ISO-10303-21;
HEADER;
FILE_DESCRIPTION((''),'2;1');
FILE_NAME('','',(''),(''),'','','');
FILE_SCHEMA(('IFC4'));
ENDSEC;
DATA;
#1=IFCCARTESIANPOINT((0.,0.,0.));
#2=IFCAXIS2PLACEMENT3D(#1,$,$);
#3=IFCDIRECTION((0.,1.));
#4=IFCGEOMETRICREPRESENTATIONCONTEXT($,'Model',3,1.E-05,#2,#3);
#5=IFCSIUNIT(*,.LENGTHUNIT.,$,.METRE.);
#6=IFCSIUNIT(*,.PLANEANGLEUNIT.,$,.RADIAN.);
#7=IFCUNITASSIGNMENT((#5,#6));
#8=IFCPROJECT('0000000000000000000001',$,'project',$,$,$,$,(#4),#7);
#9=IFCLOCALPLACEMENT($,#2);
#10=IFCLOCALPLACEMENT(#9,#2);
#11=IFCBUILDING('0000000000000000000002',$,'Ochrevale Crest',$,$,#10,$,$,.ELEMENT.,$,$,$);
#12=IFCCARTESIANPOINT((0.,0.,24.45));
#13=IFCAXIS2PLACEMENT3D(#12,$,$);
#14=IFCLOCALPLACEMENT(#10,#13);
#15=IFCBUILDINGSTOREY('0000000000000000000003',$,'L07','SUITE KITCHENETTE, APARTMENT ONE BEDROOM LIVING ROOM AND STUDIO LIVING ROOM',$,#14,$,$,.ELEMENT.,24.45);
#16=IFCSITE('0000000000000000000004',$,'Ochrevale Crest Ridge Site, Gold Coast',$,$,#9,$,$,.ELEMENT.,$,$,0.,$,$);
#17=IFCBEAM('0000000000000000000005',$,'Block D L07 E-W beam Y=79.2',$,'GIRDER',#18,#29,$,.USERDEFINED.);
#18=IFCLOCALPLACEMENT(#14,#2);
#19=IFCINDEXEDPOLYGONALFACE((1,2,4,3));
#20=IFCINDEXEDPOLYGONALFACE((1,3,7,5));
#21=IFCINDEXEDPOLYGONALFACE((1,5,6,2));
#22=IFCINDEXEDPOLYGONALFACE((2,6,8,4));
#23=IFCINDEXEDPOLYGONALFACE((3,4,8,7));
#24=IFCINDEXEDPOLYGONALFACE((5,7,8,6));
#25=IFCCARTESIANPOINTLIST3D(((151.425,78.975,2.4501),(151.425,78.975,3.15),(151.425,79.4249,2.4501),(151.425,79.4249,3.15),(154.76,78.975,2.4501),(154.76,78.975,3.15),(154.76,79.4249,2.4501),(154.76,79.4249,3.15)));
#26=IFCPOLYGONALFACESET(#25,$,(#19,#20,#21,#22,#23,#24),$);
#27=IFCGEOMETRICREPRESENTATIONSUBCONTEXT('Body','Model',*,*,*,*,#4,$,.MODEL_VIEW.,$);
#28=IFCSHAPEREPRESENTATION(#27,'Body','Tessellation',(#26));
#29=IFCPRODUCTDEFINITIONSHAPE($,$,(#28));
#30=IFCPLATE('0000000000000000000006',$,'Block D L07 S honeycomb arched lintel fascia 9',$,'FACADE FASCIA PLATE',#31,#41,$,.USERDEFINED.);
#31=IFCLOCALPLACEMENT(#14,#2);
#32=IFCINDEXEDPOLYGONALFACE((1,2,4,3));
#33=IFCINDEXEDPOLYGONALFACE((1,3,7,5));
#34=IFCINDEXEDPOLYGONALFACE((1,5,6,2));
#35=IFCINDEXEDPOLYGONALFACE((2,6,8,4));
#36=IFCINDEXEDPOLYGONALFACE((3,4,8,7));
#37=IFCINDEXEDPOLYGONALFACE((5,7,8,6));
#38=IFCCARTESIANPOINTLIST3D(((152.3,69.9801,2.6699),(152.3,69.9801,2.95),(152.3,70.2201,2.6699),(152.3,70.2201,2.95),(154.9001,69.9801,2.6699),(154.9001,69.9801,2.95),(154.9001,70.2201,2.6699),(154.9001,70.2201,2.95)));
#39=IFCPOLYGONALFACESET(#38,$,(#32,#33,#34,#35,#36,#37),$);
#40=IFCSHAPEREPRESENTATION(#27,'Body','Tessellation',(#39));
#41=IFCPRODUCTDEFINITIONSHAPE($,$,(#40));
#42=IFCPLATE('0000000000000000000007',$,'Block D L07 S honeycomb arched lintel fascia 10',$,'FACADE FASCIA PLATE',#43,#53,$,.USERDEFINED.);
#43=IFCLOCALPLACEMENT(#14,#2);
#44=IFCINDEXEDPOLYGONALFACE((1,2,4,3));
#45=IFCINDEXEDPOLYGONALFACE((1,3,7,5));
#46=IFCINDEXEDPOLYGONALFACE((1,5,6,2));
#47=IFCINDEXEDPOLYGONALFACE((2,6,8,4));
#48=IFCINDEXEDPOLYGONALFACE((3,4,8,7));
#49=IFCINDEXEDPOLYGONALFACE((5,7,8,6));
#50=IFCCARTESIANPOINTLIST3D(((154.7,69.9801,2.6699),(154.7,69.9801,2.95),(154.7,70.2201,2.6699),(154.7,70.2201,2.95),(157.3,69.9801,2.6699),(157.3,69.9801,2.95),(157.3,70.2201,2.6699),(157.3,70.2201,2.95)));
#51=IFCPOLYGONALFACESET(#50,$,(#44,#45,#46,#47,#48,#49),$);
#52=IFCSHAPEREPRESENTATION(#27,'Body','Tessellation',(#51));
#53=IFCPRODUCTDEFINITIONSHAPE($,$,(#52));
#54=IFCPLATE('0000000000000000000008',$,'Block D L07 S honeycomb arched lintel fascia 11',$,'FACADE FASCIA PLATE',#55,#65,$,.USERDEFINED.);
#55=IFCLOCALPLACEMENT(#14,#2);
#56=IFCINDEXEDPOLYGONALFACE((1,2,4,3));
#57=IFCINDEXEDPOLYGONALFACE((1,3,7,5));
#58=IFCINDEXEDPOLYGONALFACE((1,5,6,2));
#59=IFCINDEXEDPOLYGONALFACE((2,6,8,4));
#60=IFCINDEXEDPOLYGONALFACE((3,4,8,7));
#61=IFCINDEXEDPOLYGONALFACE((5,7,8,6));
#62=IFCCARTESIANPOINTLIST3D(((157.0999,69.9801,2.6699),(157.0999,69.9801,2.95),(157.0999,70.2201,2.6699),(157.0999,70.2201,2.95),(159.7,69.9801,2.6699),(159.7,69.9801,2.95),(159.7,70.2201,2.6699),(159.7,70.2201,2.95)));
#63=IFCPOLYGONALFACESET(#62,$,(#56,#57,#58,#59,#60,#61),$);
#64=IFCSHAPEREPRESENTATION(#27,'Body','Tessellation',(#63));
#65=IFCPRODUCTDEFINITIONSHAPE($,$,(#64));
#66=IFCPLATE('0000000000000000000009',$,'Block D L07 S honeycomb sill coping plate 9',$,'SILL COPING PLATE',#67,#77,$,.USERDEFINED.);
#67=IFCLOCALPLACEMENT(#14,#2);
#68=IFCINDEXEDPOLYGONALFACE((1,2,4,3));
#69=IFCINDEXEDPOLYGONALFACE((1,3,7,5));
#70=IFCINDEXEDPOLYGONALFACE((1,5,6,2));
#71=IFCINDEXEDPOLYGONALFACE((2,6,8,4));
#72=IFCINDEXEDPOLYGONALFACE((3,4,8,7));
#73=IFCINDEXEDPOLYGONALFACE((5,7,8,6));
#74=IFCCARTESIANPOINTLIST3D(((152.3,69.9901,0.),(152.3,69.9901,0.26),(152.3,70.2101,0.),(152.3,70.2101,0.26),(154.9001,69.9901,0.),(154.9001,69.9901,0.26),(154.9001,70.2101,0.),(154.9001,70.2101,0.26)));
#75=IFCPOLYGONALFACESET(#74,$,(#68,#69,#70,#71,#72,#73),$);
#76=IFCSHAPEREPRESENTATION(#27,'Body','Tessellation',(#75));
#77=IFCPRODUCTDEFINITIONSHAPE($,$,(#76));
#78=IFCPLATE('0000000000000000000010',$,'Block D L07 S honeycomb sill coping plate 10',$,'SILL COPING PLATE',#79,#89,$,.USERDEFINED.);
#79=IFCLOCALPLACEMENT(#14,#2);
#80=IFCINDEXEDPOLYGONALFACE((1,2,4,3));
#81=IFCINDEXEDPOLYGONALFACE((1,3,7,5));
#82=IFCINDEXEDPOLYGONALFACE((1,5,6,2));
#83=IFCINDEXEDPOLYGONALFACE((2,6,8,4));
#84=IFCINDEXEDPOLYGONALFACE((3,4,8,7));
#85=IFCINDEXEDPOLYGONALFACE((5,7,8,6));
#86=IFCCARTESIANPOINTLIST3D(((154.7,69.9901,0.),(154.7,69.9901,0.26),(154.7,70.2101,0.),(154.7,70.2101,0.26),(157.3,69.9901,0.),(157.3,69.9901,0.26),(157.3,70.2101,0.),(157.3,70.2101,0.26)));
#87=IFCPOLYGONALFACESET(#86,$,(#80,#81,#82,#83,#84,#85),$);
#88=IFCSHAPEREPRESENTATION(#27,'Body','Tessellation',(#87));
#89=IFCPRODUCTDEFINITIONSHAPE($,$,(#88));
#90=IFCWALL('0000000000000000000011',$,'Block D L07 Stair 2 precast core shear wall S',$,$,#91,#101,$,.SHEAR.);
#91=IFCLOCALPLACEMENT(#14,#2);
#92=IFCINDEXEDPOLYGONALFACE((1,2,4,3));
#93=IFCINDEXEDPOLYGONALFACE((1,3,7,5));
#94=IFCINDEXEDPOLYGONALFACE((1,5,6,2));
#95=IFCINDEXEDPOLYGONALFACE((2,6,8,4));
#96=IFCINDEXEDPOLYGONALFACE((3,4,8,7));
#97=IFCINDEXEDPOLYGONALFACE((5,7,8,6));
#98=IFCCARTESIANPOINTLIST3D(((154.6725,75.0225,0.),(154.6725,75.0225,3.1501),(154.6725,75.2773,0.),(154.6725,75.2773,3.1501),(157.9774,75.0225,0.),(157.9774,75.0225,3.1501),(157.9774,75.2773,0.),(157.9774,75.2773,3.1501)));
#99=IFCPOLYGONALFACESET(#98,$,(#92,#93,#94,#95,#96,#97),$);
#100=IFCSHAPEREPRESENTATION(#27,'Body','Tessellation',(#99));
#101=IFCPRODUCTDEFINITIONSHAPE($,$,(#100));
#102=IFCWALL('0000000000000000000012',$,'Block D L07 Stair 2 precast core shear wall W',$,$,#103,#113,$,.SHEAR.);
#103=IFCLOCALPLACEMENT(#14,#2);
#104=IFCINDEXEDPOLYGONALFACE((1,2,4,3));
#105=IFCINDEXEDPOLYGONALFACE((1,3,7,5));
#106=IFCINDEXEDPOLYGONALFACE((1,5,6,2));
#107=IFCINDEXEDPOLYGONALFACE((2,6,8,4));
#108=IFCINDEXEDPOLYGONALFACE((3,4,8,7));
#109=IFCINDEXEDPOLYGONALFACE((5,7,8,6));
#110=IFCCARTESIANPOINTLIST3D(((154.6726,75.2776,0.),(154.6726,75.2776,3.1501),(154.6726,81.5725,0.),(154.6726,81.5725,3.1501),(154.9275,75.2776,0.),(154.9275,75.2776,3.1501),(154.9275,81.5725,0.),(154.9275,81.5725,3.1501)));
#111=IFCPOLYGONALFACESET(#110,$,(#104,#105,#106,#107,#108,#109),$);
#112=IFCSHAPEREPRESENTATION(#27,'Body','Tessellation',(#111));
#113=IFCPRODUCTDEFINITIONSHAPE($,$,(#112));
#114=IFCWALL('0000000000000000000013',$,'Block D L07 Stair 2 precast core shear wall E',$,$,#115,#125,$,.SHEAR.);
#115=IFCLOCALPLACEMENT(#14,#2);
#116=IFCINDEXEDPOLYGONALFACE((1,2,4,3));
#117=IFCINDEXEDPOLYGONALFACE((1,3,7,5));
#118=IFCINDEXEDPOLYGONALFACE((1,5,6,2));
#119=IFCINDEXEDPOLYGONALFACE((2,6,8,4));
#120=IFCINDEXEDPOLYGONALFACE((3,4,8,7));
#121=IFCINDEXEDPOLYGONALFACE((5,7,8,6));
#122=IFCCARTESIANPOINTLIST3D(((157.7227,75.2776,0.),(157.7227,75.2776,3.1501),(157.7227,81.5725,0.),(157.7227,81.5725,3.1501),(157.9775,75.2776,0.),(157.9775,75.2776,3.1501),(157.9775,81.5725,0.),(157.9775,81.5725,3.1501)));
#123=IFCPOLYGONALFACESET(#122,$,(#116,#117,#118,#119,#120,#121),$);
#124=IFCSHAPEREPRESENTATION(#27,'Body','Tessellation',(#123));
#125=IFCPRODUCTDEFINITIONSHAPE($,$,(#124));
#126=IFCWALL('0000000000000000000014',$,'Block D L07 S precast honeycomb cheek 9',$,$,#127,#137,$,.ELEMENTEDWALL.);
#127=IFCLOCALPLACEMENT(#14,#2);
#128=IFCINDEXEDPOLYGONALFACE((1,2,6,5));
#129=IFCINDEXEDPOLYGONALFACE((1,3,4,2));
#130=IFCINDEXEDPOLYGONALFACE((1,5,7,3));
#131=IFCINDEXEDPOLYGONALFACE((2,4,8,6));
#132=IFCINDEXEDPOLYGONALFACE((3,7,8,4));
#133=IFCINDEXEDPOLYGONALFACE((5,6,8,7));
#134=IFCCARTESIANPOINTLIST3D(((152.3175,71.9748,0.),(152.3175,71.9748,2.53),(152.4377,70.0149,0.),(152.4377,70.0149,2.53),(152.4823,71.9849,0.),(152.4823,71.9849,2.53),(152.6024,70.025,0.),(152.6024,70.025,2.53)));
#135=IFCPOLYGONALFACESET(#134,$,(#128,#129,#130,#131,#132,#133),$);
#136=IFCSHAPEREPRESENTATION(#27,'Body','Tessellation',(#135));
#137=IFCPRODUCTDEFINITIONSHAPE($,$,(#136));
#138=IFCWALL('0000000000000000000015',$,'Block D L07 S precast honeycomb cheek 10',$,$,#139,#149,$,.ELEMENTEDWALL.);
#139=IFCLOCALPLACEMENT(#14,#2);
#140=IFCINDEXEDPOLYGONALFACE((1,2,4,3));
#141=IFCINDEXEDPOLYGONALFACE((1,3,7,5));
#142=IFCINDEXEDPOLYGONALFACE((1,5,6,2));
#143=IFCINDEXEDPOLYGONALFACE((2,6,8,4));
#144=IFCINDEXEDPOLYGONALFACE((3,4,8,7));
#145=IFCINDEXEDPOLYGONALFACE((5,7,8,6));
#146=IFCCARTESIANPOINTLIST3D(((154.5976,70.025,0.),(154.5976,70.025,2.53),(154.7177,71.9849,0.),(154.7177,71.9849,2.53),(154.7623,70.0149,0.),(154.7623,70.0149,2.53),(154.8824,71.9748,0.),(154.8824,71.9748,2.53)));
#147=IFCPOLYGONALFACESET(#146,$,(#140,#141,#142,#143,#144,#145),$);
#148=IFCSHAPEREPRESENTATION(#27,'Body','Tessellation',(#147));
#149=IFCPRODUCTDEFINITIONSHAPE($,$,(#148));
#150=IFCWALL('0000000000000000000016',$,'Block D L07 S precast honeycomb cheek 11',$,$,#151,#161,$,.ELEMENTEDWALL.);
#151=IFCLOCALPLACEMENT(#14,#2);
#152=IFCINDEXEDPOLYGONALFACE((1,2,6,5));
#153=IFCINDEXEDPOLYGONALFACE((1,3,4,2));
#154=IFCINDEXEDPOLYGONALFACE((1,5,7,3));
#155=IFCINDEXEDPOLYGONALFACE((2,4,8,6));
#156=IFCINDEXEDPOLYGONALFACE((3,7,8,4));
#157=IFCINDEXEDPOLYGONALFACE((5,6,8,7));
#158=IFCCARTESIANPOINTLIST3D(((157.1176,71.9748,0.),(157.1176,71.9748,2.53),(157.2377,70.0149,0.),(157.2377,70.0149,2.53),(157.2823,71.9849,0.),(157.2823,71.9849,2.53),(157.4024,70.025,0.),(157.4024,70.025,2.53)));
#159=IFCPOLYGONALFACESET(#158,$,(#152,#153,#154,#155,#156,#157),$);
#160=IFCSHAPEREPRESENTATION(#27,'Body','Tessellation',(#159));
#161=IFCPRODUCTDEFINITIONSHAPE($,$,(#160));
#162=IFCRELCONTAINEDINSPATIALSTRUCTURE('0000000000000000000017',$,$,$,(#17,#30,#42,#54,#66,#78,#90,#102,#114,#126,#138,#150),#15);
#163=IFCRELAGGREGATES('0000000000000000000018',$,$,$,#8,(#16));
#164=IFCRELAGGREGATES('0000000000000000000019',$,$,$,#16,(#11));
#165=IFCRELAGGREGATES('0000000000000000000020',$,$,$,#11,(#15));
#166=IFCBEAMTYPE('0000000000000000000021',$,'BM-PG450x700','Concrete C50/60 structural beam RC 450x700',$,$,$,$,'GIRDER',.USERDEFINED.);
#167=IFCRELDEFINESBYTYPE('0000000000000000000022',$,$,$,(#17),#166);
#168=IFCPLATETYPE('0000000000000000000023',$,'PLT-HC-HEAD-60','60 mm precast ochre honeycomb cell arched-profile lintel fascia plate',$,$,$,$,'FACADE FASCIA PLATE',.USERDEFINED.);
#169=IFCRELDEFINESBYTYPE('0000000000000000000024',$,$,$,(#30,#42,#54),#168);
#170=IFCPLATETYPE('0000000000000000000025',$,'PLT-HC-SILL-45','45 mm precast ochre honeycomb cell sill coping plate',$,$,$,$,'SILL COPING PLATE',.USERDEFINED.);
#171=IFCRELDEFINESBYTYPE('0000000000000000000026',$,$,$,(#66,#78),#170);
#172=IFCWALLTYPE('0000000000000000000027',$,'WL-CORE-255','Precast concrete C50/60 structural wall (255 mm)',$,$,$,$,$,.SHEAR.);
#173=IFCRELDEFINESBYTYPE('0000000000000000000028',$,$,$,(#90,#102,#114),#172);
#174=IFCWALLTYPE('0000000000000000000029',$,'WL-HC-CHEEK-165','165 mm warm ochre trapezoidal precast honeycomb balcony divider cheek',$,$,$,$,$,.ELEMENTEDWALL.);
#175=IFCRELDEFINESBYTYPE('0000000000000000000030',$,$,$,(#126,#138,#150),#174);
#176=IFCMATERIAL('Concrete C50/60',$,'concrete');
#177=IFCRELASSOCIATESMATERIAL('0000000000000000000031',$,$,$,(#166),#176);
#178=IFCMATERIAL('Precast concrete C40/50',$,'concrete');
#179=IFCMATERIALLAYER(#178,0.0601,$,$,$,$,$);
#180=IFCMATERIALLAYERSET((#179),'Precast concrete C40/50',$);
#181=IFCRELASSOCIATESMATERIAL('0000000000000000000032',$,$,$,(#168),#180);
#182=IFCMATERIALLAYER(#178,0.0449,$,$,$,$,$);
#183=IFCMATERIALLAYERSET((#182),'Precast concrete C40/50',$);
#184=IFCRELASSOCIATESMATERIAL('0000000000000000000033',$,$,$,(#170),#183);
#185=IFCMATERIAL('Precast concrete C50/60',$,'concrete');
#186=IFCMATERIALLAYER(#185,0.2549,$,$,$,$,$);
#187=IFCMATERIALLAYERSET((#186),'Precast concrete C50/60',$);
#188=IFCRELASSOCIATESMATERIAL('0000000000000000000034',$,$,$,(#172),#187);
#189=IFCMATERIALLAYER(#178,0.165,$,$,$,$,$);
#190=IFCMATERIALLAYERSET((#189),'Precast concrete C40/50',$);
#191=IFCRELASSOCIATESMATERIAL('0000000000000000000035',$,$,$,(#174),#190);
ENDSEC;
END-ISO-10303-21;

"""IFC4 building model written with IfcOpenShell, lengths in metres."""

from ifc_helpers import new_model, si_unit, direction, frame, frame_2d, origin, origin_2d, place, context, subcontext, project, spatial, rectangle, extrude, material, layer, layer_set, material_profile, profile_set, type_object, element, save


model = new_model("IFC4")

# Units and contexts
model_context = context("Model", 3, precision=1e-05, world=origin(), true_north=direction((0.0, 1.0)))
body_context = subcontext(model_context, "Body", "Model", "MODEL_VIEW")
ifc_project = project(units=[si_unit("LENGTHUNIT", "METRE"), si_unit("PLANEANGLEUNIT", "RADIAN")], contexts=[model_context])

# Site, building, storey
site_placement = place(None, origin())
site = spatial("IfcSite", under=ifc_project, at=site_placement, Name="Ochrevale Crest Ridge Site, Gold Coast", CompositionType="ELEMENT", RefElevation=0.0)
building_placement = place(site_placement, origin())
building = spatial("IfcBuilding", under=site, at=building_placement, Name="Ochrevale Crest", CompositionType="ELEMENT")
storey_placement = place(building_placement, frame((0.0, 0.0, 24.45)))
storey = spatial("IfcBuildingStorey", under=building, at=storey_placement, Name="L07", Description="SUITE KITCHENETTE, APARTMENT ONE BEDROOM LIVING ROOM AND STUDIO LIVING ROOM", CompositionType="ELEMENT", Elevation=24.45)

# Beam
ifc_material_1 = material(Name="Concrete C50/60", Category="concrete")
ifc_material_profile = material_profile(ifc_material_1, rectangle(XDim=0.45, YDim=0.7, at=origin_2d()), Name="RC 450x700")
ifc_profile_set = profile_set([ifc_material_profile], Name="Concrete C50/60")
beam_type = type_object("IfcBeamType", Name="BM-PG450x700", Description="Concrete C50/60 structural beam RC 450x700", ElementType="GIRDER", PredefinedType="USERDEFINED", material=ifc_profile_set)
beam_placement = place(storey_placement, frame((151.425, 79.2, 2.8), z_axis=(1.0, 0.0, 0.0), x_axis=(0.0, 1.0, 0.0)))
element("IfcBeam", 1, at=beam_placement, inside=storey, type_object=beam_type, Name="Block D L07 E-W beam Y=79.2", ObjectType="GIRDER", PredefinedType="USERDEFINED", context=body_context, shape_type="SweptSolid", body=[
    extrude(rectangle(XDim=0.45, YDim=0.7, at=origin_2d()), origin(), (0.0, 0.0, 1.0), 3.335),
])

# Plates
ifc_material_2 = material(Name="Precast concrete C40/50", Category="concrete")
ifc_layer_1 = layer(ifc_material_2, 0.0601)
ifc_layer_set_1 = layer_set([ifc_layer_1], Name="Precast concrete C40/50")
plate_type_1 = type_object("IfcPlateType", Name="PLT-HC-HEAD-60", Description="60 mm precast ochre honeycomb cell arched-profile lintel fascia plate", ElementType="FACADE FASCIA PLATE", PredefinedType="USERDEFINED", material=ifc_layer_set_1)
for number, where, z_axis, x_axis, name in (
    (2, (153.6001, 70.1001, 2.6699), (0.0, 0.0, 1.0), (1.0, 0.0, 0.0), "Block D L07 S honeycomb arched lintel fascia 9"),
    (3, (156.0, 70.1001, 2.6699), (0.0, 0.0, 1.0), (1.0, 0.0, 0.0), "Block D L07 S honeycomb arched lintel fascia 10"),
    (4, (158.3999, 70.1001, 2.6699), (0.0, 0.0, 1.0), (1.0, 0.0, 0.0), "Block D L07 S honeycomb arched lintel fascia 11"),
):
    element("IfcPlate", number, at=place(storey_placement, frame(where, z_axis=z_axis, x_axis=x_axis)), inside=storey, type_object=plate_type_1, Name=name, ObjectType="FACADE FASCIA PLATE", PredefinedType="USERDEFINED", context=body_context, shape_type="SweptSolid", body=[
        extrude(rectangle(XDim=2.6001, YDim=0.24, at=origin_2d()), origin(), (0.0, 0.0, 1.0), 0.28),
    ])
ifc_layer_2 = layer(ifc_material_2, 0.0449)
ifc_layer_set_2 = layer_set([ifc_layer_2], Name="Precast concrete C40/50")
plate_type_2 = type_object("IfcPlateType", Name="PLT-HC-SILL-45", Description="45 mm precast ochre honeycomb cell sill coping plate", ElementType="SILL COPING PLATE", PredefinedType="USERDEFINED", material=ifc_layer_set_2)
for number, where, z_axis, x_axis, name in (
    (5, (153.6001, 70.1001, 0.0), (0.0, 0.0, 1.0), (1.0, 0.0, 0.0), "Block D L07 S honeycomb sill coping plate 9"),
    (6, (156.0, 70.1001, 0.0), (0.0, 0.0, 1.0), (1.0, 0.0, 0.0), "Block D L07 S honeycomb sill coping plate 10"),
):
    element("IfcPlate", number, at=place(storey_placement, frame(where, z_axis=z_axis, x_axis=x_axis)), inside=storey, type_object=plate_type_2, Name=name, ObjectType="SILL COPING PLATE", PredefinedType="USERDEFINED", context=body_context, shape_type="SweptSolid", body=[
        extrude(rectangle(XDim=2.6001, YDim=0.22, at=origin_2d()), origin(), (0.0, 0.0, 1.0), 0.26),
    ])

# Walls
ifc_material_3 = material(Name="Precast concrete C50/60", Category="concrete")
ifc_layer_3 = layer(ifc_material_3, 0.2549)
ifc_layer_set_3 = layer_set([ifc_layer_3], Name="Precast concrete C50/60")
wall_type_1 = type_object("IfcWallType", Name="WL-CORE-255", Description="Precast concrete C50/60 structural wall (255 mm)", PredefinedType="SHEAR", material=ifc_layer_set_3)
wall_1_placement = place(storey_placement, frame((154.6726, 75.1499, 0.0), z_axis=(0.0, 0.0, 1.0), x_axis=(1.0, 0.0, 0.0)))
element("IfcWall", 7, at=wall_1_placement, inside=storey, type_object=wall_type_1, Name="Block D L07 Stair 2 precast core shear wall S", PredefinedType="SHEAR", context=body_context, shape_type="SweptSolid", body=[
    extrude(rectangle(XDim=3.3049, YDim=0.2549, at=frame_2d((1.6523, 0.0))), origin(), (0.0, 0.0, 1.0), 3.1501),
])
for number, where, z_axis, x_axis, name in (
    (8, (154.8, 75.2776, 0.0), (0.0, 0.0, 1.0), (0.0, 1.0, 0.0), "Block D L07 Stair 2 precast core shear wall W"),
    (9, (157.8501, 75.2776, 0.0), (0.0, 0.0, 1.0), (0.0, 1.0, 0.0), "Block D L07 Stair 2 precast core shear wall E"),
):
    element("IfcWall", number, at=place(storey_placement, frame(where, z_axis=z_axis, x_axis=x_axis)), inside=storey, type_object=wall_type_1, Name=name, PredefinedType="SHEAR", context=body_context, shape_type="SweptSolid", body=[
        extrude(rectangle(XDim=6.2949, YDim=0.2549, at=frame_2d((3.1475, 0.0))), origin(), (0.0, 0.0, 1.0), 3.1501),
    ])
ifc_layer_4 = layer(ifc_material_2, 0.165)
ifc_layer_set_4 = layer_set([ifc_layer_4], Name="Precast concrete C40/50")
wall_type_2 = type_object("IfcWallType", Name="WL-HC-CHEEK-165", Description="165 mm warm ochre trapezoidal precast honeycomb balcony divider cheek", PredefinedType="ELEMENTEDWALL", material=ifc_layer_set_4)
for number, where, z_axis, x_axis, name in (
    (10, (152.3999, 71.98, 0.0), (0.0, 0.0, 1.0), (0.061171, -0.998127, 0.0), "Block D L07 S precast honeycomb cheek 9"),
    (11, (154.8, 71.98, 0.0), (0.0, 0.0, 1.0), (-0.061171, -0.998127, 0.0), "Block D L07 S precast honeycomb cheek 10"),
    (12, (157.2, 71.98, 0.0), (0.0, 0.0, 1.0), (0.061171, -0.998127, 0.0), "Block D L07 S precast honeycomb cheek 11"),
):
    element("IfcWall", number, at=place(storey_placement, frame(where, z_axis=z_axis, x_axis=x_axis)), inside=storey, type_object=wall_type_2, Name=name, PredefinedType="ELEMENTEDWALL", context=body_context, shape_type="SweptSolid", body=[
        extrude(rectangle(XDim=1.9636, YDim=0.165, at=frame_2d((0.9819, 0.0))), origin(), (0.0, 0.0, 1.0), 2.53),
    ])

save(model, "model.ifc")
